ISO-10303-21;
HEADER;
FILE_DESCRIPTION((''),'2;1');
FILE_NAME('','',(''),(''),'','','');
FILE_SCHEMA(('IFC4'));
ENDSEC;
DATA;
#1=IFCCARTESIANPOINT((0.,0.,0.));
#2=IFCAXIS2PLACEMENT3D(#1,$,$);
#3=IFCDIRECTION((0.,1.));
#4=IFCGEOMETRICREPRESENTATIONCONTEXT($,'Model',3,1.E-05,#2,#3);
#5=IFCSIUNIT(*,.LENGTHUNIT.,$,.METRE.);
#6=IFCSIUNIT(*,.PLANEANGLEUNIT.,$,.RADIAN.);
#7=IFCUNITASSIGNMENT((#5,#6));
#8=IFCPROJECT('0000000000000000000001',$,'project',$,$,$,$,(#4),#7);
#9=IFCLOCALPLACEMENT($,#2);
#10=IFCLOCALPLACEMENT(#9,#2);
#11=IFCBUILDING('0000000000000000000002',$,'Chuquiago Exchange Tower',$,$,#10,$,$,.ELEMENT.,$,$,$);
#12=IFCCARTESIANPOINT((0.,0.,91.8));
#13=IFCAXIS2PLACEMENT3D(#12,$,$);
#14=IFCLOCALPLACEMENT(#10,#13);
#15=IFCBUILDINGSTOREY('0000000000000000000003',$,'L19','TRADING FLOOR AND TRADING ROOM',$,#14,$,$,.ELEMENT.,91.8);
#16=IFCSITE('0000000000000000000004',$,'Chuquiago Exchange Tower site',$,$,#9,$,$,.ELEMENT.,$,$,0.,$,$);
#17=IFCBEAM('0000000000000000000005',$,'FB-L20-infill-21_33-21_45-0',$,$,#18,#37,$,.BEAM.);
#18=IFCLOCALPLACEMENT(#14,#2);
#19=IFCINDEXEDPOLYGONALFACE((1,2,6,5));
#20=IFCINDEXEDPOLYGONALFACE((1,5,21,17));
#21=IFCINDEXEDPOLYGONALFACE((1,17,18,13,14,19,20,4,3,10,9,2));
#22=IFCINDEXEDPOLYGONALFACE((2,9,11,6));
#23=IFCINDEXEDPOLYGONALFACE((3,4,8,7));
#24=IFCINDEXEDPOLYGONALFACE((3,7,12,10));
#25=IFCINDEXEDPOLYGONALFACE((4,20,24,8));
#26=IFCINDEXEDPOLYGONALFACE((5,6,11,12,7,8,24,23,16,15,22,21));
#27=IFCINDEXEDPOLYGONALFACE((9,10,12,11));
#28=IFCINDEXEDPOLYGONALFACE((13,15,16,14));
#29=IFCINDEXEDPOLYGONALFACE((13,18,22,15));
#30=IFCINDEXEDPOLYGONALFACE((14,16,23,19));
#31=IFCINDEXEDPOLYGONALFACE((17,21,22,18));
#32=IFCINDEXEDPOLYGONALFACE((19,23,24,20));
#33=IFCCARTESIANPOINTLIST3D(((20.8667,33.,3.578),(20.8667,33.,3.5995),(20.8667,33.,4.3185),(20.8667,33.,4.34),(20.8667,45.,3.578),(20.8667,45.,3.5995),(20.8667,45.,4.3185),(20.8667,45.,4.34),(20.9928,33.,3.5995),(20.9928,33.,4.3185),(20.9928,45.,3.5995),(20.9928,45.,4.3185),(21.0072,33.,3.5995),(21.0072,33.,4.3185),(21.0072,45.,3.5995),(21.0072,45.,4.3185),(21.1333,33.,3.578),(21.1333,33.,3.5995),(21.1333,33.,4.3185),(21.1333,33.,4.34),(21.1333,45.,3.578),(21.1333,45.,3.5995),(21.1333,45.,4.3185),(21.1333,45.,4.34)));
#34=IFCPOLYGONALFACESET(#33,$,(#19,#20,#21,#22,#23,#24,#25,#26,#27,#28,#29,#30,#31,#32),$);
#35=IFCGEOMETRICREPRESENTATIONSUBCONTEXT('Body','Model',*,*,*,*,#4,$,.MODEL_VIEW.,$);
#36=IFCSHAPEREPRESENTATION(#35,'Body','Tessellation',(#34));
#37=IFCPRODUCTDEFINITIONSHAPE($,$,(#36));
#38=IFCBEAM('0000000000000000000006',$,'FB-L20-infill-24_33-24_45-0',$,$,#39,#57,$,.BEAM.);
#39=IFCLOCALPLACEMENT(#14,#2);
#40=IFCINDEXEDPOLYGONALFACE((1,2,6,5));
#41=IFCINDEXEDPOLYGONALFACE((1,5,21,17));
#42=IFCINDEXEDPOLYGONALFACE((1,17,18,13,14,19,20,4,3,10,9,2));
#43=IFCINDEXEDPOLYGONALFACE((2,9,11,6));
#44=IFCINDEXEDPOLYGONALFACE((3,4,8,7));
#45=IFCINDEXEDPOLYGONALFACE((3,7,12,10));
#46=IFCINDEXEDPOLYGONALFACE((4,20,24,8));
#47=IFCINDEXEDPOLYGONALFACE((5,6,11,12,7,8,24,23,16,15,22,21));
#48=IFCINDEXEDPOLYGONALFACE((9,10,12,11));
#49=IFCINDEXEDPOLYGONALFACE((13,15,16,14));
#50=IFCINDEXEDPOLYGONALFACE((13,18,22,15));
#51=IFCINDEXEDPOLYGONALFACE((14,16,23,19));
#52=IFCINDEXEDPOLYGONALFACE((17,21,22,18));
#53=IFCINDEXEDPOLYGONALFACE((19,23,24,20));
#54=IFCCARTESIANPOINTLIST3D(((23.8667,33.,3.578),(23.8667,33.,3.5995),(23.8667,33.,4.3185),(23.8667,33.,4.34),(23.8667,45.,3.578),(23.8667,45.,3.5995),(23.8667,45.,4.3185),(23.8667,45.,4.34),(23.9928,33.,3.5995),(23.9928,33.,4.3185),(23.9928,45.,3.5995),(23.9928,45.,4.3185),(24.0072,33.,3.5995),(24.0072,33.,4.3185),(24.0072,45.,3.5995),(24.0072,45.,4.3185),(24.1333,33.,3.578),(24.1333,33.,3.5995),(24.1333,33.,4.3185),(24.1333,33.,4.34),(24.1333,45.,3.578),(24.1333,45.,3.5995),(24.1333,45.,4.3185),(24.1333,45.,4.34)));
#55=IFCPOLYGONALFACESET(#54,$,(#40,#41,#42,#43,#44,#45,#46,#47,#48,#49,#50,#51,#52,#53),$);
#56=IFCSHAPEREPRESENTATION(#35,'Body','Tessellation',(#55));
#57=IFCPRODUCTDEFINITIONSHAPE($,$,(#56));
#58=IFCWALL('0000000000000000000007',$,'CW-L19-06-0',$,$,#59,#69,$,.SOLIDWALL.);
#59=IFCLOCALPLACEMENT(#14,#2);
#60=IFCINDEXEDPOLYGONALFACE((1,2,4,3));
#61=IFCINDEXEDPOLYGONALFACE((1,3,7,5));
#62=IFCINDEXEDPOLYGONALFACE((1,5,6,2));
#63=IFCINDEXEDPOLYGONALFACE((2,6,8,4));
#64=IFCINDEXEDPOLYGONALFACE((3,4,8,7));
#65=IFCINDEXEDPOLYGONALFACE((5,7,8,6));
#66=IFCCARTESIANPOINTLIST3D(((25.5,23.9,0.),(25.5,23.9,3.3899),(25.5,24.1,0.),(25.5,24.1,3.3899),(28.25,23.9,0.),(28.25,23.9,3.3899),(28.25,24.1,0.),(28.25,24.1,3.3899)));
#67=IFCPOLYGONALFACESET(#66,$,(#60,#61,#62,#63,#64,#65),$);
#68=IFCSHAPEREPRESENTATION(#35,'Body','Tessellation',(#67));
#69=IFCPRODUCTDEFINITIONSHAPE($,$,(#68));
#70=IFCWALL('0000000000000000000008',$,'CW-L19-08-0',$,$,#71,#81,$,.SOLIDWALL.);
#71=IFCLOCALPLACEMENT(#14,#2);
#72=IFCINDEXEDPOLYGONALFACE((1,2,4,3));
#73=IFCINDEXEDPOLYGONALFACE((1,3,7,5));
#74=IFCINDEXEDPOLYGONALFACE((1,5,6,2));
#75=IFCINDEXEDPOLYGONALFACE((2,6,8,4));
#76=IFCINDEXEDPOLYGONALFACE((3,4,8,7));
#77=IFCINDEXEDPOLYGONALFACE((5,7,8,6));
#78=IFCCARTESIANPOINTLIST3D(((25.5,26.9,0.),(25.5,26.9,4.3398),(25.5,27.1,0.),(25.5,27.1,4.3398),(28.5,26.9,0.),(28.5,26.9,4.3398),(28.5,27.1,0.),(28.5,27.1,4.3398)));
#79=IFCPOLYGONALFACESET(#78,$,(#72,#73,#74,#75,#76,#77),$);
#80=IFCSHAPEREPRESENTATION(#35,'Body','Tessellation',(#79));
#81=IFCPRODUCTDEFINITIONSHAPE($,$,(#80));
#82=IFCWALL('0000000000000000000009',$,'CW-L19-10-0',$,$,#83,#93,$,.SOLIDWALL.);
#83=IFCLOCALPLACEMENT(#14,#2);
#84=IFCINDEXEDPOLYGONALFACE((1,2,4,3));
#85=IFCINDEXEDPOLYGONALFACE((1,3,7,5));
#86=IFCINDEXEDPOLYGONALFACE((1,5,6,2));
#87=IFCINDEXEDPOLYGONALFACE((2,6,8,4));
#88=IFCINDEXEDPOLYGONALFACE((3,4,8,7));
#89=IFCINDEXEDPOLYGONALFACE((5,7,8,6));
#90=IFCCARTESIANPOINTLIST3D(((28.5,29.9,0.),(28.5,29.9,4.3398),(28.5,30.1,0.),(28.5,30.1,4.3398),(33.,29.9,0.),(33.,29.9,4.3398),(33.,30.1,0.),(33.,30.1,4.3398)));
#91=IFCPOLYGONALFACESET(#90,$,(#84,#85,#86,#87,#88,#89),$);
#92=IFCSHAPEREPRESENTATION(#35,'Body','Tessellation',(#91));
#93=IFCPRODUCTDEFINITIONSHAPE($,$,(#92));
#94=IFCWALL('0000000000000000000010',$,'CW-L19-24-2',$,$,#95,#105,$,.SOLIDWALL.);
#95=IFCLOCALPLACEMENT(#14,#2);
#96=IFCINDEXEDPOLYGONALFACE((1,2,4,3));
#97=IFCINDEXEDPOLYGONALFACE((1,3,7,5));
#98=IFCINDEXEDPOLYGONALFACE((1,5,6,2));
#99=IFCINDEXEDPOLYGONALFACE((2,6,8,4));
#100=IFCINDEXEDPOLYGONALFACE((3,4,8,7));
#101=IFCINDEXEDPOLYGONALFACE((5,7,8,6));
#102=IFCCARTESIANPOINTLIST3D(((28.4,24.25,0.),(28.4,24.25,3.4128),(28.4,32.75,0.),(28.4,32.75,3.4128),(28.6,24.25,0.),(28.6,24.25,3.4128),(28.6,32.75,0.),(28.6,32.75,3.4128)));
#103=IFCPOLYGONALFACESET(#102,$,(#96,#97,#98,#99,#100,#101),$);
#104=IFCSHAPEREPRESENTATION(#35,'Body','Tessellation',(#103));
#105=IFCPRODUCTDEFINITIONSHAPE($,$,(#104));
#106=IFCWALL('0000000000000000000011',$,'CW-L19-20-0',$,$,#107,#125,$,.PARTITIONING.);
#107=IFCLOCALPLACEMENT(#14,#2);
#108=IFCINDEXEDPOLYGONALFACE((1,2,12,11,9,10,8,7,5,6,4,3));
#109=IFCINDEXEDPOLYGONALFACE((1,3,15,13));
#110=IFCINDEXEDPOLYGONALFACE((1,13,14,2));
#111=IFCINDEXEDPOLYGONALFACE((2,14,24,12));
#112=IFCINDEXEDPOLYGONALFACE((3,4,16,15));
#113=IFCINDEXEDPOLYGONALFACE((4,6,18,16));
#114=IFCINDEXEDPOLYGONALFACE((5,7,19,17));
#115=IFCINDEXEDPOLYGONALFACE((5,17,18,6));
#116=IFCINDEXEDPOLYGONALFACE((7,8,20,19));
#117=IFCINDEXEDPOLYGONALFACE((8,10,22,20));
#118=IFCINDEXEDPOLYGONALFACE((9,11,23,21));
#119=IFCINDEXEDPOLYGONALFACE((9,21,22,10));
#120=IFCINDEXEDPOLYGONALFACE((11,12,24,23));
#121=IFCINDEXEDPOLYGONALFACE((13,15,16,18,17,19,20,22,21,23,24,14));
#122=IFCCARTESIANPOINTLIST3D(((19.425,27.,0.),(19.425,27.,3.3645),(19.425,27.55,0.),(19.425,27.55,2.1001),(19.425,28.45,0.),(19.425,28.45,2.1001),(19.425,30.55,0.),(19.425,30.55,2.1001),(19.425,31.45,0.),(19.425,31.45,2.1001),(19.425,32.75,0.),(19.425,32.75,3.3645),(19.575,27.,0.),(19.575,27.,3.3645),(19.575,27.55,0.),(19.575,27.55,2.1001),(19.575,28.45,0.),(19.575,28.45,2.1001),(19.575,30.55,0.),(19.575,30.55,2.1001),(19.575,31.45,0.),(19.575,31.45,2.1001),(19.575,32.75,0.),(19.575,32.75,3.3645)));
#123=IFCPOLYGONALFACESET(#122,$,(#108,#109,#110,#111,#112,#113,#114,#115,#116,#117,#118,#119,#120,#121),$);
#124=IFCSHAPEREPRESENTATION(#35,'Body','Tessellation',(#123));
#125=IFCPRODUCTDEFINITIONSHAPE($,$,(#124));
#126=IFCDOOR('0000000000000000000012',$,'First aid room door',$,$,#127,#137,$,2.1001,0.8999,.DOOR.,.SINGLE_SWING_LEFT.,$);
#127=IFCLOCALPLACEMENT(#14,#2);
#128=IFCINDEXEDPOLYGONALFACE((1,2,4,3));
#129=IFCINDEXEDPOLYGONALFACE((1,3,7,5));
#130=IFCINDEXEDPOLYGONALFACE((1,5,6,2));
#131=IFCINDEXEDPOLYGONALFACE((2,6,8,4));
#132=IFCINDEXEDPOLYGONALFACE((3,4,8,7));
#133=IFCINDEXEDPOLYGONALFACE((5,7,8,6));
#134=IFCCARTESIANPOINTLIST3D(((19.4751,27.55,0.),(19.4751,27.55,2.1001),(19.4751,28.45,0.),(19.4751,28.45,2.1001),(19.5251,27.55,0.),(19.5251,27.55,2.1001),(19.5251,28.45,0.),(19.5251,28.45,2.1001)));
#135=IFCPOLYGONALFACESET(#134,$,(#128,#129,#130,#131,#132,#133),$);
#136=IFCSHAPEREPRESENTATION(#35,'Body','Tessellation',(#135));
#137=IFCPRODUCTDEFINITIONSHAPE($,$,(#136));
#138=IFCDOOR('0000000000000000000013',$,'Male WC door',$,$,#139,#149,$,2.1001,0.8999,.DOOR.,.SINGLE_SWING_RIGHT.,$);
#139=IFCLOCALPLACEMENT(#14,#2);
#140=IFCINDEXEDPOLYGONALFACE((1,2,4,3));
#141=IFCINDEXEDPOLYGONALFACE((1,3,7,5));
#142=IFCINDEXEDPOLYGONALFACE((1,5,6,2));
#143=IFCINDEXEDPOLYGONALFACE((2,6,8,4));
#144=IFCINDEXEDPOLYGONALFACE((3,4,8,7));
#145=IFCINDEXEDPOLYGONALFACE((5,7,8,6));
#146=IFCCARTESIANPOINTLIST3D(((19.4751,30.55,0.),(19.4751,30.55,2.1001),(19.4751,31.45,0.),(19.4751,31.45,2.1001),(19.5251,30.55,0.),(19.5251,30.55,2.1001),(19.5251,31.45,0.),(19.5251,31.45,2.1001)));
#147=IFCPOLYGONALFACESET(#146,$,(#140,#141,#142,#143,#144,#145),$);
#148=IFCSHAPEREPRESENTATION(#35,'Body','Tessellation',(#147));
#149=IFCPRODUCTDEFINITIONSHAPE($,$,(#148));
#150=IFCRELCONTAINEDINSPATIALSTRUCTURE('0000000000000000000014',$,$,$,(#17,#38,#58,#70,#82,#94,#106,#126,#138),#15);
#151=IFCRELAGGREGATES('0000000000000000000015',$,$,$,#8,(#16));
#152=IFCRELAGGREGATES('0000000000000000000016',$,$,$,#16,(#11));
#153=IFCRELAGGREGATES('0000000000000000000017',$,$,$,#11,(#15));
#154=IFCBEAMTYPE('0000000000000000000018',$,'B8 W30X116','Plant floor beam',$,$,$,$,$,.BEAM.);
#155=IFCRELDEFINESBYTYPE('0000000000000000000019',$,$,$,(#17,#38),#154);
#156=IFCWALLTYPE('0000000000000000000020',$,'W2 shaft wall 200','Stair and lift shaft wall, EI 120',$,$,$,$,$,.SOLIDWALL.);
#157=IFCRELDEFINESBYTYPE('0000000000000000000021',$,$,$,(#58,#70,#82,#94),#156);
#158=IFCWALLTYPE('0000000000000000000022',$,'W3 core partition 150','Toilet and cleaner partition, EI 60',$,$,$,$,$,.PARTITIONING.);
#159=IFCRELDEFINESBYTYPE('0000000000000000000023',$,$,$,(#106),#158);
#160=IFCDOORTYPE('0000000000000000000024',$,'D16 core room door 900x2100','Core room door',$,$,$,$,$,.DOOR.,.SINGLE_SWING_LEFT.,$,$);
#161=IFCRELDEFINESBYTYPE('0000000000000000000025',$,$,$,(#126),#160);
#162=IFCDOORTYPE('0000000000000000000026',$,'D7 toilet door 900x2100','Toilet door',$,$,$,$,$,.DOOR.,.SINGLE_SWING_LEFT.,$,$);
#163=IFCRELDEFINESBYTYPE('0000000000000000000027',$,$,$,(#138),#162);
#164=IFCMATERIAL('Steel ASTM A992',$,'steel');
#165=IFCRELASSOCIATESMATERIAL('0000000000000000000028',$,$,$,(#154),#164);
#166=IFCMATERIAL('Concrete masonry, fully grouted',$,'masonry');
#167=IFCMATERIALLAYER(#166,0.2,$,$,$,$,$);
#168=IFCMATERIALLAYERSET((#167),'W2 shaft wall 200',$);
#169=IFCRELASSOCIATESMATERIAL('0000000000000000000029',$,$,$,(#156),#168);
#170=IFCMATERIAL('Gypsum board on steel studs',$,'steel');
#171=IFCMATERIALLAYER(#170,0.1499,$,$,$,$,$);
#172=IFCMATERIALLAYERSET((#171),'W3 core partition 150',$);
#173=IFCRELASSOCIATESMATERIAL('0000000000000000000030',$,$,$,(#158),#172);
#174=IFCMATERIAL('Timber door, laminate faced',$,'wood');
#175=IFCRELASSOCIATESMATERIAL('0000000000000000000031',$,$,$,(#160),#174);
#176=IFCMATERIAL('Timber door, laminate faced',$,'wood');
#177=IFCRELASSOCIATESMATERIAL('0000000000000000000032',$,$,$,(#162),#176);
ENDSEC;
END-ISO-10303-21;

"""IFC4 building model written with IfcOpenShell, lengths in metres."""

from ifc_helpers import new_model, si_unit, direction, frame, frame_2d, origin, origin_2d, place, context, subcontext, project, spatial, rectangle, i_section, extrude, material, layer, layer_set, material_profile, profile_set, type_object, element, fill, save


model = new_model("IFC4")

# Units and contexts
model_context = context("Model", 3, precision=1e-05, world=origin(), true_north=direction((0.0, 1.0)))
body_context = subcontext(model_context, "Body", "Model", "MODEL_VIEW")
ifc_project = project(units=[si_unit("LENGTHUNIT", "METRE"), si_unit("PLANEANGLEUNIT", "RADIAN")], contexts=[model_context])

# Site, building, storey
site_placement = place(None, origin())
site = spatial("IfcSite", under=ifc_project, at=site_placement, Name="Chuquiago Exchange Tower site", CompositionType="ELEMENT", RefElevation=0.0)
building_placement = place(site_placement, origin())
building = spatial("IfcBuilding", under=site, at=building_placement, Name="Chuquiago Exchange Tower", CompositionType="ELEMENT")
storey_placement = place(building_placement, frame((0.0, 0.0, 91.8)))
storey = spatial("IfcBuildingStorey", under=building, at=storey_placement, Name="L19", Description="TRADING FLOOR AND TRADING ROOM", CompositionType="ELEMENT", Elevation=91.8)

# Beams
ifc_material_1 = material(Name="Steel ASTM A992", Category="steel")
ifc_material_profile_1 = material_profile(ifc_material_1, i_section(OverallWidth=0.2666, OverallDepth=0.762, WebThickness=0.0144, FlangeThickness=0.0215, at=origin_2d()), Name="W30X116")
ifc_profile_set_1 = profile_set([ifc_material_profile_1], Name="Steel ASTM A992")
beam_type_1 = type_object("IfcBeamType", Name="B8 W30X116", Description="Plant floor beam", PredefinedType="BEAM", material=ifc_profile_set_1)
for number, where, z_axis, x_axis, name in (
    (1, (21.0, 33.0, 3.959), (0.0, 1.0, 0.0), (-1.0, 0.0, 0.0), "FB-L20-infill-21_33-21_45-0"),
    (2, (24.0, 33.0, 3.959), (0.0, 1.0, 0.0), (-1.0, 0.0, 0.0), "FB-L20-infill-24_33-24_45-0"),
):
    element("IfcBeam", number, at=place(storey_placement, frame(where, z_axis=z_axis, x_axis=x_axis)), inside=storey, type_object=beam_type_1, Name=name, PredefinedType="BEAM", context=body_context, shape_type="SweptSolid", body=[
        extrude(i_section(OverallWidth=0.2666, OverallDepth=0.762, WebThickness=0.0144, FlangeThickness=0.0215, at=origin_2d()), origin(), (0.0, 0.0, 1.0), 12.0),
    ])

# Walls
ifc_material_2 = material(Name="Concrete masonry, fully grouted", Category="masonry")
ifc_layer_1 = layer(ifc_material_2, 0.2)
ifc_layer_set_1 = layer_set([ifc_layer_1], Name="W2 shaft wall 200")
wall_type_1 = type_object("IfcWallType", Name="W2 shaft wall 200", Description="Stair and lift shaft wall, EI 120", PredefinedType="SOLIDWALL", material=ifc_layer_set_1)
wall_1_placement = place(storey_placement, frame((25.5, 24.0, 0.0), z_axis=(0.0, 0.0, 1.0), x_axis=(1.0, 0.0, 0.0)))
element("IfcWall", 3, at=wall_1_placement, inside=storey, type_object=wall_type_1, Name="CW-L19-06-0", PredefinedType="SOLIDWALL", context=body_context, shape_type="SweptSolid", body=[
    extrude(rectangle(XDim=2.75, YDim=0.2, at=frame_2d((1.375, 0.0))), origin(), (0.0, 0.0, 1.0), 3.3899),
])
wall_2_placement = place(storey_placement, frame((25.5, 27.0, 0.0), z_axis=(0.0, 0.0, 1.0), x_axis=(1.0, 0.0, 0.0)))
element("IfcWall", 4, at=wall_2_placement, inside=storey, type_object=wall_type_1, Name="CW-L19-08-0", PredefinedType="SOLIDWALL", context=body_context, shape_type="SweptSolid", body=[
    extrude(rectangle(XDim=3.0, YDim=0.2, at=frame_2d((1.5, 0.0))), origin(), (0.0, 0.0, 1.0), 4.3398),
])
wall_3_placement = place(storey_placement, frame((28.5, 30.0, 0.0), z_axis=(0.0, 0.0, 1.0), x_axis=(1.0, 0.0, 0.0)))
element("IfcWall", 5, at=wall_3_placement, inside=storey, type_object=wall_type_1, Name="CW-L19-10-0", PredefinedType="SOLIDWALL", context=body_context, shape_type="SweptSolid", body=[
    extrude(rectangle(XDim=4.5, YDim=0.2, at=frame_2d((2.25, 0.0))), origin(), (0.0, 0.0, 1.0), 4.3398),
])
wall_4_placement = place(storey_placement, frame((28.5, 24.25, 0.0), z_axis=(0.0, 0.0, 1.0), x_axis=(0.0, 1.0, 0.0)))
element("IfcWall", 6, at=wall_4_placement, inside=storey, type_object=wall_type_1, Name="CW-L19-24-2", PredefinedType="SOLIDWALL", context=body_context, shape_type="SweptSolid", body=[
    extrude(rectangle(XDim=8.5, YDim=0.2, at=frame_2d((4.25, 0.0))), origin(), (0.0, 0.0, 1.0), 3.4128),
])

# Wall, openings, doors
ifc_material_3 = material(Name="Gypsum board on steel studs", Category="steel")
ifc_layer_2 = layer(ifc_material_3, 0.1499)
ifc_layer_set_2 = layer_set([ifc_layer_2], Name="W3 core partition 150")
wall_type_2 = type_object("IfcWallType", Name="W3 core partition 150", Description="Toilet and cleaner partition, EI 60", PredefinedType="PARTITIONING", material=ifc_layer_set_2)
wall_5_placement = place(storey_placement, frame((19.5, 27.0, 0.0), z_axis=(0.0, 0.0, 1.0), x_axis=(0.0, 1.0, 0.0)))
wall_5 = element("IfcWall", 7, at=wall_5_placement, inside=storey, type_object=wall_type_2, Name="CW-L19-20-0", PredefinedType="PARTITIONING", context=body_context, shape_type="SweptSolid", body=[
    extrude(rectangle(XDim=5.75, YDim=0.1499, at=frame_2d((2.875, 0.0))), origin(), (0.0, 0.0, 1.0), 3.3645),
])
opening_1_placement = place(wall_5_placement, frame((0.55, 0.0, 0.0)))
opening_1 = element("IfcOpeningElement", 8, at=opening_1_placement, cuts=wall_5, PredefinedType="OPENING", context=body_context, shape_type="SweptSolid", body=[
    extrude(rectangle(XDim=0.8999, YDim=2.1001, at=frame_2d((0.45, 1.05))), frame((0.0, 0.085, 0.0), z_axis=(0.0, -1.0, 0.0), x_axis=(1.0, 0.0, 0.0)), (0.0, 0.0, 1.0), 0.1699),
])
opening_2_placement = place(wall_5_placement, frame((3.55, 0.0, 0.0)))
opening_2 = element("IfcOpeningElement", 9, at=opening_2_placement, cuts=wall_5, PredefinedType="OPENING", context=body_context, shape_type="SweptSolid", body=[
    extrude(rectangle(XDim=0.8999, YDim=2.1001, at=frame_2d((0.45, 1.05))), frame((0.0, 0.085, 0.0), z_axis=(0.0, -1.0, 0.0), x_axis=(1.0, 0.0, 0.0)), (0.0, 0.0, 1.0), 0.1699),
])
ifc_material_4 = material(Name="Timber door, laminate faced", Category="wood")
door_type_1 = type_object("IfcDoorType", Name="D16 core room door 900x2100", Description="Core room door", OperationType="SINGLE_SWING_LEFT", PredefinedType="DOOR", material=ifc_material_4)
door_1_placement = place(opening_1_placement, origin())
door_1 = element("IfcDoor", 10, at=door_1_placement, inside=storey, type_object=door_type_1, Name="First aid room door", OperationType="SINGLE_SWING_LEFT", OverallHeight=2.1001, OverallWidth=0.8999, PredefinedType="DOOR", context=body_context, shape_type="SweptSolid", body=[
    extrude(rectangle(XDim=0.8999, YDim=2.1001, at=frame_2d((0.45, 1.05))), frame((0.0, 0.0249, 0.0), z_axis=(0.0, -1.0, 0.0), x_axis=(1.0, 0.0, 0.0)), (0.0, 0.0, 1.0), 0.05),
])
fill(opening_1, door_1)
ifc_material_5 = material(Name="Timber door, laminate faced", Category="wood")
door_type_2 = type_object("IfcDoorType", Name="D7 toilet door 900x2100", Description="Toilet door", OperationType="SINGLE_SWING_LEFT", PredefinedType="DOOR", material=ifc_material_5)
door_2_placement = place(opening_2_placement, origin())
door_2 = element("IfcDoor", 11, at=door_2_placement, inside=storey, type_object=door_type_2, Name="Male WC door", OperationType="SINGLE_SWING_RIGHT", OverallHeight=2.1001, OverallWidth=0.8999, PredefinedType="DOOR", context=body_context, shape_type="SweptSolid", body=[
    extrude(rectangle(XDim=0.8999, YDim=2.1001, at=frame_2d((0.45, 1.05))), frame((0.0, 0.0249, 0.0), z_axis=(0.0, -1.0, 0.0), x_axis=(1.0, 0.0, 0.0)), (0.0, 0.0, 1.0), 0.05),
])
fill(opening_2, door_2)

save(model, "model.ifc")
